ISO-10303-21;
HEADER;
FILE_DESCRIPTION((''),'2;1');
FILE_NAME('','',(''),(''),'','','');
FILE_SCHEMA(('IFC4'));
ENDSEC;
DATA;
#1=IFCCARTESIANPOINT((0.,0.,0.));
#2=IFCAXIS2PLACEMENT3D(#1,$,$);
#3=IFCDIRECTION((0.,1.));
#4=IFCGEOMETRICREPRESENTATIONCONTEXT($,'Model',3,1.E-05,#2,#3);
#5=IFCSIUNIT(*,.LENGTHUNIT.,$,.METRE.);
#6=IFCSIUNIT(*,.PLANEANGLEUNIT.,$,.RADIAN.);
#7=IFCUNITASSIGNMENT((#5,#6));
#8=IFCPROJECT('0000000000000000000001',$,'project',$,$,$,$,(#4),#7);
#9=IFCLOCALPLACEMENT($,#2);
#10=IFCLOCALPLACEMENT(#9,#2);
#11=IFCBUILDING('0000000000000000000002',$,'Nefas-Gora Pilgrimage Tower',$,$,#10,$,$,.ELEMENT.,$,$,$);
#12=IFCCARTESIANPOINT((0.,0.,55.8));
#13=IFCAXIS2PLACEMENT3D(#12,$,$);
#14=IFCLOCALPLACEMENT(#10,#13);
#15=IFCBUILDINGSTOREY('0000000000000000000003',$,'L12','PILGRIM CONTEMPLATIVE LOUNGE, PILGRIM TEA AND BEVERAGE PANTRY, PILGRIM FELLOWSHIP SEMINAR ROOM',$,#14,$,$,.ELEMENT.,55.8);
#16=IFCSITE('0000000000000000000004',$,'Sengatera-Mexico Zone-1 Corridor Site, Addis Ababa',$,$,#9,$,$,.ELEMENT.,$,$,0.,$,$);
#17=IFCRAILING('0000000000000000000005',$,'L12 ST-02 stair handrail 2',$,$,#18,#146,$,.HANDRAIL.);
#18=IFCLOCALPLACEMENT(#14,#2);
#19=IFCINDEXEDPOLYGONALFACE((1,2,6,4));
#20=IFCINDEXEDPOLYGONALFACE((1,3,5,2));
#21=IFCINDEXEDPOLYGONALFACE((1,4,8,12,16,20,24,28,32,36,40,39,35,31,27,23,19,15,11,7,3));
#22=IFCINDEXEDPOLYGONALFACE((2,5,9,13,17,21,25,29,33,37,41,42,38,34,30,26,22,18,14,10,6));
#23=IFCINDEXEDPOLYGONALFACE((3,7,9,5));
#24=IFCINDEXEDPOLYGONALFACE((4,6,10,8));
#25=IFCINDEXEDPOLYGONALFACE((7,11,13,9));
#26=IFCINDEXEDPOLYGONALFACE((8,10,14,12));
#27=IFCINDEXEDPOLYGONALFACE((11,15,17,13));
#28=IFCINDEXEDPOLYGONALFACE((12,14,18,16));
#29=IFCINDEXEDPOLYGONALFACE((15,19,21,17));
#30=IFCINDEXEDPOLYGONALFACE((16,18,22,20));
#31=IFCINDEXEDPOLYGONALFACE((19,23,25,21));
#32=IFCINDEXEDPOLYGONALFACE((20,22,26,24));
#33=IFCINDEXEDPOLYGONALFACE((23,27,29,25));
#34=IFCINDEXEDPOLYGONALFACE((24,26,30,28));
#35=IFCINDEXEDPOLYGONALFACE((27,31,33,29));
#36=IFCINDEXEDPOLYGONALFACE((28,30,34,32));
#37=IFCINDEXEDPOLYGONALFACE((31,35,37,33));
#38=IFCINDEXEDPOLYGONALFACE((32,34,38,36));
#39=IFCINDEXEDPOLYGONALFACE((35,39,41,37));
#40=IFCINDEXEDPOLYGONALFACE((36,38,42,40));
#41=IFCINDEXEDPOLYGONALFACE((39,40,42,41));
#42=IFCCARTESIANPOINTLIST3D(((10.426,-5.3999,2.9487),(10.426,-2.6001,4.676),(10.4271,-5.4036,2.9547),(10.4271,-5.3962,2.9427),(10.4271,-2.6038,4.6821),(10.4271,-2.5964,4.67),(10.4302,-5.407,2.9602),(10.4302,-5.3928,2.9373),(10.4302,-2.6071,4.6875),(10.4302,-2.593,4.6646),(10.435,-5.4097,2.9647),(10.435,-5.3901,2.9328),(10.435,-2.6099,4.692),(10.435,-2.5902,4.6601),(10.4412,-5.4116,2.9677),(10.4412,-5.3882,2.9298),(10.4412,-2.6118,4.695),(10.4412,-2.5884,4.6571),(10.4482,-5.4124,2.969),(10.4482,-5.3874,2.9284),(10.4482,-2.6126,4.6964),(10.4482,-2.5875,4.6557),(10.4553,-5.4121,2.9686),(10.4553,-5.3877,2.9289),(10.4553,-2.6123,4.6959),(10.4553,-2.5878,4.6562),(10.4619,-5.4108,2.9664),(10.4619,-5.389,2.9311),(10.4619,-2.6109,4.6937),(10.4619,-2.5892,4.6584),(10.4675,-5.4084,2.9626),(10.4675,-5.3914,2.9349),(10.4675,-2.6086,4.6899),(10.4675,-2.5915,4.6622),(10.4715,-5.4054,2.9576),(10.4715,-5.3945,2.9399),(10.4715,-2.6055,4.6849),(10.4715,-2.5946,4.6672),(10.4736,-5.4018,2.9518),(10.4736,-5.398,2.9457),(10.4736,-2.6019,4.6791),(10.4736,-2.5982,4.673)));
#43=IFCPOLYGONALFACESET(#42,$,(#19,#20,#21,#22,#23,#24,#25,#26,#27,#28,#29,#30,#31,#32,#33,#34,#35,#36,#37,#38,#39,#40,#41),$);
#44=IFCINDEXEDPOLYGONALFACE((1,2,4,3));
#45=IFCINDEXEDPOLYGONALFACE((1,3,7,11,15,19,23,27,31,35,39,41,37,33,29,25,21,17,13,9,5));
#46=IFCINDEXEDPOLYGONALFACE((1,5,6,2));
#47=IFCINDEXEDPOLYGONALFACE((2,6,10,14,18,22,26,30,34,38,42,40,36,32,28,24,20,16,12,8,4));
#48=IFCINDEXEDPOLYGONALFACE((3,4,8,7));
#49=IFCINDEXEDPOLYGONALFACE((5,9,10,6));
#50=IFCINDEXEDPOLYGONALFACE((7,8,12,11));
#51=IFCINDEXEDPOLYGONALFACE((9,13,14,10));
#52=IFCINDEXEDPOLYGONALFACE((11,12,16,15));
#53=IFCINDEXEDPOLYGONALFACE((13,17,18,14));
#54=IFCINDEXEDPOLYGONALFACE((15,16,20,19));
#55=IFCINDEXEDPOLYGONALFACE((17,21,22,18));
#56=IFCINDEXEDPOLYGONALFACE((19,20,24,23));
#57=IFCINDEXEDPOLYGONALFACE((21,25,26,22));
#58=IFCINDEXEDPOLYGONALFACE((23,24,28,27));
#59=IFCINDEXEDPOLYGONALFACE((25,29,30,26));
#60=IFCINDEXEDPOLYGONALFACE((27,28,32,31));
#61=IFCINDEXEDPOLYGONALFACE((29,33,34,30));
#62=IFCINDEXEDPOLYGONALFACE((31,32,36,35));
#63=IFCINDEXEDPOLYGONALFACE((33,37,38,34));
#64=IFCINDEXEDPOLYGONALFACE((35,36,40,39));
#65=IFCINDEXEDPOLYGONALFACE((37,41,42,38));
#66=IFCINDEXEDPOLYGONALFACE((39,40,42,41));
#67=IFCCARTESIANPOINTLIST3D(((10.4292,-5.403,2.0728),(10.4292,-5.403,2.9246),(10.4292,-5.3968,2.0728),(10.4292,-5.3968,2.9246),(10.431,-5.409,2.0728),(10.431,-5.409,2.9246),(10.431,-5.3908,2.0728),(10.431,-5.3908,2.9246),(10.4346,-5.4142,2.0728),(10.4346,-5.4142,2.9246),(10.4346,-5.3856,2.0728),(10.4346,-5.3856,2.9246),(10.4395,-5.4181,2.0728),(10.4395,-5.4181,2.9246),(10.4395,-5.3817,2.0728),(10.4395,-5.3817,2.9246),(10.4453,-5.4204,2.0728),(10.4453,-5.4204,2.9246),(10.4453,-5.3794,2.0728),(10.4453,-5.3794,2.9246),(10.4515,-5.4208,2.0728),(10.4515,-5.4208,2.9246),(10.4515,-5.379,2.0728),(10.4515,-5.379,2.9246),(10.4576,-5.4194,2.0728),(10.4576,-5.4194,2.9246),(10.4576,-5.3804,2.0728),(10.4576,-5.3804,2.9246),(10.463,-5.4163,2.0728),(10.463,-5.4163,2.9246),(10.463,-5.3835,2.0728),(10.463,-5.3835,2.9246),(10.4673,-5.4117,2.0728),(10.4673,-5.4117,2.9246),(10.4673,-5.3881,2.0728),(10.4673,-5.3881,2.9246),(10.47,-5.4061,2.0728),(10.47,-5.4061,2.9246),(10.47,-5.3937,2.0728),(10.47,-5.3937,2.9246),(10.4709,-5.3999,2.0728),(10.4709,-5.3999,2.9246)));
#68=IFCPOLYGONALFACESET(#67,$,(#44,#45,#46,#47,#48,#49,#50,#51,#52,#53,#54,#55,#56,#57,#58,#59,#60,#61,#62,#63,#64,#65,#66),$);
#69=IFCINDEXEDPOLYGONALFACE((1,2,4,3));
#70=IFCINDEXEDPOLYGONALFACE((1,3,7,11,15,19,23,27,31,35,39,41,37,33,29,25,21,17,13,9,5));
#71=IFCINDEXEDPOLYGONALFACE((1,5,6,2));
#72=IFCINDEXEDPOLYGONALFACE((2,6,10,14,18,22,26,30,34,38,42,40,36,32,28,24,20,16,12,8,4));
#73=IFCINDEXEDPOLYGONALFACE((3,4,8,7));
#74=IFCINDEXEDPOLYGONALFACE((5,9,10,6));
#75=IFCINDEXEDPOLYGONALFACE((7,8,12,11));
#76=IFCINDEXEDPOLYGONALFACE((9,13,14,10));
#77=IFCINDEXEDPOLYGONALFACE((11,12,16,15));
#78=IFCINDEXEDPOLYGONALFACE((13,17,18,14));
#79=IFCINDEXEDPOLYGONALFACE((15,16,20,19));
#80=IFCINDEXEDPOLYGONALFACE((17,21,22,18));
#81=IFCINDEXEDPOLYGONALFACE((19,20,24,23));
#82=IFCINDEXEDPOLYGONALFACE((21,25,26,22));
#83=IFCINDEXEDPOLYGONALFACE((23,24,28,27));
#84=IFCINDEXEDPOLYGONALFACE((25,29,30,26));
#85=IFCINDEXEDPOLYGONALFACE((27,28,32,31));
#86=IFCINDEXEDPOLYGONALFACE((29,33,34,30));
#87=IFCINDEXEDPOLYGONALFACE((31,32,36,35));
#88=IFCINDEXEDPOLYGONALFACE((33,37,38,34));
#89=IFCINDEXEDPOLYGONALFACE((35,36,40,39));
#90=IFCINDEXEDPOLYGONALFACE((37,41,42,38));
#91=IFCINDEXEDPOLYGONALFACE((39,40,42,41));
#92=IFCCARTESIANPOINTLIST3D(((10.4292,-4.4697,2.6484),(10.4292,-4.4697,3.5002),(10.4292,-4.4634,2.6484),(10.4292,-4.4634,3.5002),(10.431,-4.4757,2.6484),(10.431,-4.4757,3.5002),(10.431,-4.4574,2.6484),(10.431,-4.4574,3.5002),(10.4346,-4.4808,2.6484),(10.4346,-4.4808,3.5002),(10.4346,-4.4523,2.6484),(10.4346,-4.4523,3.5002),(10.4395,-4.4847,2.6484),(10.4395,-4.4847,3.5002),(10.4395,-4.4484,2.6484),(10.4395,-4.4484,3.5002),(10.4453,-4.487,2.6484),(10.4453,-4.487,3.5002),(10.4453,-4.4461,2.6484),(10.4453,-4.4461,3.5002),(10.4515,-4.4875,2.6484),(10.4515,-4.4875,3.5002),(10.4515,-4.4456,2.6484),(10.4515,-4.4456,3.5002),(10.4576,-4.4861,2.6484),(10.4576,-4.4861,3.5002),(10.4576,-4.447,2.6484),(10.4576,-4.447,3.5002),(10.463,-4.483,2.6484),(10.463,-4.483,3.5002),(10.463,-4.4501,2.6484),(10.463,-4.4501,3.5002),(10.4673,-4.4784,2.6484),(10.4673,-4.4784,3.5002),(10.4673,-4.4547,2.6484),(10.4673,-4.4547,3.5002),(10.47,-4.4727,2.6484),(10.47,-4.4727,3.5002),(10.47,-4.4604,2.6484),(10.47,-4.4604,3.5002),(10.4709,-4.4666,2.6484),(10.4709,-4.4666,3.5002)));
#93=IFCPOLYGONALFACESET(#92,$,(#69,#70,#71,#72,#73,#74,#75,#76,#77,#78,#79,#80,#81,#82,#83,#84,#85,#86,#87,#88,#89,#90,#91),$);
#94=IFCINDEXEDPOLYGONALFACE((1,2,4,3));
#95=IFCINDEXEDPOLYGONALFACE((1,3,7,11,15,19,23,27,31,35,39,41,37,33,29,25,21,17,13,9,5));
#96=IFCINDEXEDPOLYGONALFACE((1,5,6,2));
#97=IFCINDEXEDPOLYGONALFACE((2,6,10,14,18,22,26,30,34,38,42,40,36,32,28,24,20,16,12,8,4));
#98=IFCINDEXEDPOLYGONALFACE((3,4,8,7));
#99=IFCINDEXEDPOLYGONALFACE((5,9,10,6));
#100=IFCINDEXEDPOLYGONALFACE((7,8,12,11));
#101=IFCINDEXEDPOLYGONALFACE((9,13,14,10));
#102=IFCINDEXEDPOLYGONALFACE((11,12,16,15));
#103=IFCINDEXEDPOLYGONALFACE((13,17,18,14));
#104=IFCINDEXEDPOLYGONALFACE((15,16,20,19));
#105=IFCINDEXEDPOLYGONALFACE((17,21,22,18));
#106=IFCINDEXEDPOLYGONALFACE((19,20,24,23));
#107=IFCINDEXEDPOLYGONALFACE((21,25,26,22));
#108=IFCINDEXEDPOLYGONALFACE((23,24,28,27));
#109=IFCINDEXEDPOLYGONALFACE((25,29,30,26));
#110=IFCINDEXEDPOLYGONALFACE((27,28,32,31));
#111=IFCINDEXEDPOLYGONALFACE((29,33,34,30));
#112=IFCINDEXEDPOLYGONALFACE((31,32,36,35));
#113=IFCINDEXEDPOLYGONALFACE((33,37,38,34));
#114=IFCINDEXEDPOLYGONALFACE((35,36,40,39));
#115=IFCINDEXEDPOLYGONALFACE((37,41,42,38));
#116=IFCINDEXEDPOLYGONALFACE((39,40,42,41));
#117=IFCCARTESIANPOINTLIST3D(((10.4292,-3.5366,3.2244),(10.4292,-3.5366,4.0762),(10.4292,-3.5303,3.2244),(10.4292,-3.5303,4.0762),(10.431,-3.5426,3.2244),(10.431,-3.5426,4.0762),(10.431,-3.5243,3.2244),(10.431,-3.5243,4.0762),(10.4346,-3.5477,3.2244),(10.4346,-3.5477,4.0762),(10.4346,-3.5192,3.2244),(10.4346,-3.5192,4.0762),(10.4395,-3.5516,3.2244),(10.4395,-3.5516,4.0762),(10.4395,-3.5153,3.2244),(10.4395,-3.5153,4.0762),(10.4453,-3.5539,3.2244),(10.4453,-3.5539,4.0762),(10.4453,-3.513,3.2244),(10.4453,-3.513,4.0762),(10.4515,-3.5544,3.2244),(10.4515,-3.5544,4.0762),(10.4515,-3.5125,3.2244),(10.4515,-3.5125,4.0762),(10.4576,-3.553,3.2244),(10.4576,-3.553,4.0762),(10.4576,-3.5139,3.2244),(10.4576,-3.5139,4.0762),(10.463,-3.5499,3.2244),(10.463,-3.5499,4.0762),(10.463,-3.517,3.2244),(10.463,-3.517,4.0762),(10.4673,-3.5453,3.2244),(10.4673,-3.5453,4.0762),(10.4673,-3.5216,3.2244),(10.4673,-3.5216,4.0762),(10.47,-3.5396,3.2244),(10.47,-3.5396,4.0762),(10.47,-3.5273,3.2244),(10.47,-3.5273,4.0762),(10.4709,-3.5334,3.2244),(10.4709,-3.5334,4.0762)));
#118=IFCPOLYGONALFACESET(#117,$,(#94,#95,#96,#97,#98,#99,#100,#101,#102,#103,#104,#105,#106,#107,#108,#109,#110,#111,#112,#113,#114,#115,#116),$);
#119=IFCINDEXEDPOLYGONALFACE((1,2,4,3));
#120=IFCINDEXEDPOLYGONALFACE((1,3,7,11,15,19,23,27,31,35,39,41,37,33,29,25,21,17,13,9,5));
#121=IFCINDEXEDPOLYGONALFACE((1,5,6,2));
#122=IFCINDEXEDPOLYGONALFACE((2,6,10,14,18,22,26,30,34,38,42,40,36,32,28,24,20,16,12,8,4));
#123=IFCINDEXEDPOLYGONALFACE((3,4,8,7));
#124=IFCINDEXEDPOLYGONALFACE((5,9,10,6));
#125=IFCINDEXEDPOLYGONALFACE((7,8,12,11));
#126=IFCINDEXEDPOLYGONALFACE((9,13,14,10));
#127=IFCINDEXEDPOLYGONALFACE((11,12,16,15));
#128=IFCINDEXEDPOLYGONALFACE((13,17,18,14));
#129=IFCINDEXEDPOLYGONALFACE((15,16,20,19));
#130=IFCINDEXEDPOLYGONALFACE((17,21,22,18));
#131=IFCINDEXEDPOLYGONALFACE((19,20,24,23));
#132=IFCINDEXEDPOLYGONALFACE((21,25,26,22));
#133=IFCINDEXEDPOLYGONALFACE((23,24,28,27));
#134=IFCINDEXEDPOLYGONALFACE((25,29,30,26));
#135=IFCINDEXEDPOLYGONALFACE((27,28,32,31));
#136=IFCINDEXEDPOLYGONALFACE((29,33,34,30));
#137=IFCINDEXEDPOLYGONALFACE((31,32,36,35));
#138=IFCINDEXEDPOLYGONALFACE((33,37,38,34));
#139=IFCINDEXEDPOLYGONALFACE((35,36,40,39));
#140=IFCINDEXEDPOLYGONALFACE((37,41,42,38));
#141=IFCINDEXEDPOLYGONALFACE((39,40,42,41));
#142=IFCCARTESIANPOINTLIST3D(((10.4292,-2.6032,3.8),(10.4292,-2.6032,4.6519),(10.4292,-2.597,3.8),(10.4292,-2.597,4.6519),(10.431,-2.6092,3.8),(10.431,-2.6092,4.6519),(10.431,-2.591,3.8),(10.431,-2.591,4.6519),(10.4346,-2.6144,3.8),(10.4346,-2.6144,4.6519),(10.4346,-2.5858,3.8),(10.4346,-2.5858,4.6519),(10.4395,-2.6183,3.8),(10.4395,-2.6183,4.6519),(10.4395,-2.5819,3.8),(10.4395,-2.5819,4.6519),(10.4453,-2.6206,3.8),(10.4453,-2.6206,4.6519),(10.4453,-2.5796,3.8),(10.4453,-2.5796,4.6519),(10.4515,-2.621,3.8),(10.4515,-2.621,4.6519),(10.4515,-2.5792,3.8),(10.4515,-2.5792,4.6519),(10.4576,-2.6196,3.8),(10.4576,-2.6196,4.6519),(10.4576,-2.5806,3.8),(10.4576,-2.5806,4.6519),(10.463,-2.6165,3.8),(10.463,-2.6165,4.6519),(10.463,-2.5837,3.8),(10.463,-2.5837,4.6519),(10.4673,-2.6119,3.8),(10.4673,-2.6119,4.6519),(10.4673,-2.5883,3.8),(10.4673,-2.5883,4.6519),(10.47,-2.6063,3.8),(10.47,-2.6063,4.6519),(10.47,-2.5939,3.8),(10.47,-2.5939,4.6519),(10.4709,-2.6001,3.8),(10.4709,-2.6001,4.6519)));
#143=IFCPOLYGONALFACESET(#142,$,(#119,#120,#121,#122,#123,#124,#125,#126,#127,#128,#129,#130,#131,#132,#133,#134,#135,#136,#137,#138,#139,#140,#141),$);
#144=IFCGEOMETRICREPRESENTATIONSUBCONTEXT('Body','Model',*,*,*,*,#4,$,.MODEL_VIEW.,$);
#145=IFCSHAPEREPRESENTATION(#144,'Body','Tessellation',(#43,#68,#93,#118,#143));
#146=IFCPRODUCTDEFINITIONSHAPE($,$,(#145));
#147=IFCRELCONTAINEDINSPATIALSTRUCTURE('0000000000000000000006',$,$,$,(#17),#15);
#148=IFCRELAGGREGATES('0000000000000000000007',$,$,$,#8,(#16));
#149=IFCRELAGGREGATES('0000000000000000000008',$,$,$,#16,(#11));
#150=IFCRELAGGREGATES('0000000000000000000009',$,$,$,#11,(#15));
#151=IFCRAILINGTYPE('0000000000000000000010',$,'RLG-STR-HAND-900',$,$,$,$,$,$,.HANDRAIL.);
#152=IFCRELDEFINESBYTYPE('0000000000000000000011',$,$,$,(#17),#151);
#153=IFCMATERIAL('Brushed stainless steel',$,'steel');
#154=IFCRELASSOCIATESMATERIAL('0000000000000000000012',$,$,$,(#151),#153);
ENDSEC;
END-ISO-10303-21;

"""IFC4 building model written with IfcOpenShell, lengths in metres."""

from ifc_helpers import new_model, si_unit, direction, frame, origin, origin_2d, place, context, subcontext, project, spatial, circle, extrude, material, type_object, element, save


model = new_model("IFC4")

# Units and contexts
model_context = context("Model", 3, precision=1e-05, world=origin(), true_north=direction((0.0, 1.0)))
body_context = subcontext(model_context, "Body", "Model", "MODEL_VIEW")
ifc_project = project(units=[si_unit("LENGTHUNIT", "METRE"), si_unit("PLANEANGLEUNIT", "RADIAN")], contexts=[model_context])

# Site, building, storey
site_placement = place(None, origin())
site = spatial("IfcSite", under=ifc_project, at=site_placement, Name="Sengatera-Mexico Zone-1 Corridor Site, Addis Ababa", CompositionType="ELEMENT", RefElevation=0.0)
building_placement = place(site_placement, origin())
building = spatial("IfcBuilding", under=site, at=building_placement, Name="Nefas-Gora Pilgrimage Tower", CompositionType="ELEMENT")
storey_placement = place(building_placement, frame((0.0, 0.0, 55.8)))
storey = spatial("IfcBuildingStorey", under=building, at=storey_placement, Name="L12", Description="PILGRIM CONTEMPLATIVE LOUNGE, PILGRIM TEA AND BEVERAGE PANTRY, PILGRIM FELLOWSHIP SEMINAR ROOM", CompositionType="ELEMENT", Elevation=55.8)

# Railing
ifc_material_1 = material(Name="Brushed stainless steel", Category="steel")
railing_type_1 = type_object("IfcRailingType", Name="RLG-STR-HAND-900", PredefinedType="HANDRAIL", material=ifc_material_1)
railing_1_placement = place(storey_placement, frame((10.45, -5.3999, 2.0728)))
element("IfcRailing", 1, at=railing_1_placement, inside=storey, type_object=railing_type_1, Name="L12 ST-02 stair handrail 2", PredefinedType="HANDRAIL", context=body_context, shape_type="SweptSolid", body=[
    extrude(circle(Radius=0.0239, at=origin_2d()), frame((0.0, 0.0, 0.876), z_axis=(0.0, 0.851069, 0.525054), x_axis=(-1.0, 0.0, 0.0)), (0.0, 0.0, 1.0), 3.2898),
    extrude(circle(Radius=0.021, at=origin_2d()), origin(), (0.0, 0.0, 1.0), 0.8518),
    extrude(circle(Radius=0.021, at=origin_2d()), frame((0.0, 0.9333, 0.5757)), (0.0, 0.0, 1.0), 0.8518),
    extrude(circle(Radius=0.021, at=origin_2d()), frame((0.0, 1.8665, 1.1516)), (0.0, 0.0, 1.0), 0.8518),
    extrude(circle(Radius=0.021, at=origin_2d()), frame((0.0, 2.7998, 1.7273)), (0.0, 0.0, 1.0), 0.8518),
])

save(model, "model.ifc")
